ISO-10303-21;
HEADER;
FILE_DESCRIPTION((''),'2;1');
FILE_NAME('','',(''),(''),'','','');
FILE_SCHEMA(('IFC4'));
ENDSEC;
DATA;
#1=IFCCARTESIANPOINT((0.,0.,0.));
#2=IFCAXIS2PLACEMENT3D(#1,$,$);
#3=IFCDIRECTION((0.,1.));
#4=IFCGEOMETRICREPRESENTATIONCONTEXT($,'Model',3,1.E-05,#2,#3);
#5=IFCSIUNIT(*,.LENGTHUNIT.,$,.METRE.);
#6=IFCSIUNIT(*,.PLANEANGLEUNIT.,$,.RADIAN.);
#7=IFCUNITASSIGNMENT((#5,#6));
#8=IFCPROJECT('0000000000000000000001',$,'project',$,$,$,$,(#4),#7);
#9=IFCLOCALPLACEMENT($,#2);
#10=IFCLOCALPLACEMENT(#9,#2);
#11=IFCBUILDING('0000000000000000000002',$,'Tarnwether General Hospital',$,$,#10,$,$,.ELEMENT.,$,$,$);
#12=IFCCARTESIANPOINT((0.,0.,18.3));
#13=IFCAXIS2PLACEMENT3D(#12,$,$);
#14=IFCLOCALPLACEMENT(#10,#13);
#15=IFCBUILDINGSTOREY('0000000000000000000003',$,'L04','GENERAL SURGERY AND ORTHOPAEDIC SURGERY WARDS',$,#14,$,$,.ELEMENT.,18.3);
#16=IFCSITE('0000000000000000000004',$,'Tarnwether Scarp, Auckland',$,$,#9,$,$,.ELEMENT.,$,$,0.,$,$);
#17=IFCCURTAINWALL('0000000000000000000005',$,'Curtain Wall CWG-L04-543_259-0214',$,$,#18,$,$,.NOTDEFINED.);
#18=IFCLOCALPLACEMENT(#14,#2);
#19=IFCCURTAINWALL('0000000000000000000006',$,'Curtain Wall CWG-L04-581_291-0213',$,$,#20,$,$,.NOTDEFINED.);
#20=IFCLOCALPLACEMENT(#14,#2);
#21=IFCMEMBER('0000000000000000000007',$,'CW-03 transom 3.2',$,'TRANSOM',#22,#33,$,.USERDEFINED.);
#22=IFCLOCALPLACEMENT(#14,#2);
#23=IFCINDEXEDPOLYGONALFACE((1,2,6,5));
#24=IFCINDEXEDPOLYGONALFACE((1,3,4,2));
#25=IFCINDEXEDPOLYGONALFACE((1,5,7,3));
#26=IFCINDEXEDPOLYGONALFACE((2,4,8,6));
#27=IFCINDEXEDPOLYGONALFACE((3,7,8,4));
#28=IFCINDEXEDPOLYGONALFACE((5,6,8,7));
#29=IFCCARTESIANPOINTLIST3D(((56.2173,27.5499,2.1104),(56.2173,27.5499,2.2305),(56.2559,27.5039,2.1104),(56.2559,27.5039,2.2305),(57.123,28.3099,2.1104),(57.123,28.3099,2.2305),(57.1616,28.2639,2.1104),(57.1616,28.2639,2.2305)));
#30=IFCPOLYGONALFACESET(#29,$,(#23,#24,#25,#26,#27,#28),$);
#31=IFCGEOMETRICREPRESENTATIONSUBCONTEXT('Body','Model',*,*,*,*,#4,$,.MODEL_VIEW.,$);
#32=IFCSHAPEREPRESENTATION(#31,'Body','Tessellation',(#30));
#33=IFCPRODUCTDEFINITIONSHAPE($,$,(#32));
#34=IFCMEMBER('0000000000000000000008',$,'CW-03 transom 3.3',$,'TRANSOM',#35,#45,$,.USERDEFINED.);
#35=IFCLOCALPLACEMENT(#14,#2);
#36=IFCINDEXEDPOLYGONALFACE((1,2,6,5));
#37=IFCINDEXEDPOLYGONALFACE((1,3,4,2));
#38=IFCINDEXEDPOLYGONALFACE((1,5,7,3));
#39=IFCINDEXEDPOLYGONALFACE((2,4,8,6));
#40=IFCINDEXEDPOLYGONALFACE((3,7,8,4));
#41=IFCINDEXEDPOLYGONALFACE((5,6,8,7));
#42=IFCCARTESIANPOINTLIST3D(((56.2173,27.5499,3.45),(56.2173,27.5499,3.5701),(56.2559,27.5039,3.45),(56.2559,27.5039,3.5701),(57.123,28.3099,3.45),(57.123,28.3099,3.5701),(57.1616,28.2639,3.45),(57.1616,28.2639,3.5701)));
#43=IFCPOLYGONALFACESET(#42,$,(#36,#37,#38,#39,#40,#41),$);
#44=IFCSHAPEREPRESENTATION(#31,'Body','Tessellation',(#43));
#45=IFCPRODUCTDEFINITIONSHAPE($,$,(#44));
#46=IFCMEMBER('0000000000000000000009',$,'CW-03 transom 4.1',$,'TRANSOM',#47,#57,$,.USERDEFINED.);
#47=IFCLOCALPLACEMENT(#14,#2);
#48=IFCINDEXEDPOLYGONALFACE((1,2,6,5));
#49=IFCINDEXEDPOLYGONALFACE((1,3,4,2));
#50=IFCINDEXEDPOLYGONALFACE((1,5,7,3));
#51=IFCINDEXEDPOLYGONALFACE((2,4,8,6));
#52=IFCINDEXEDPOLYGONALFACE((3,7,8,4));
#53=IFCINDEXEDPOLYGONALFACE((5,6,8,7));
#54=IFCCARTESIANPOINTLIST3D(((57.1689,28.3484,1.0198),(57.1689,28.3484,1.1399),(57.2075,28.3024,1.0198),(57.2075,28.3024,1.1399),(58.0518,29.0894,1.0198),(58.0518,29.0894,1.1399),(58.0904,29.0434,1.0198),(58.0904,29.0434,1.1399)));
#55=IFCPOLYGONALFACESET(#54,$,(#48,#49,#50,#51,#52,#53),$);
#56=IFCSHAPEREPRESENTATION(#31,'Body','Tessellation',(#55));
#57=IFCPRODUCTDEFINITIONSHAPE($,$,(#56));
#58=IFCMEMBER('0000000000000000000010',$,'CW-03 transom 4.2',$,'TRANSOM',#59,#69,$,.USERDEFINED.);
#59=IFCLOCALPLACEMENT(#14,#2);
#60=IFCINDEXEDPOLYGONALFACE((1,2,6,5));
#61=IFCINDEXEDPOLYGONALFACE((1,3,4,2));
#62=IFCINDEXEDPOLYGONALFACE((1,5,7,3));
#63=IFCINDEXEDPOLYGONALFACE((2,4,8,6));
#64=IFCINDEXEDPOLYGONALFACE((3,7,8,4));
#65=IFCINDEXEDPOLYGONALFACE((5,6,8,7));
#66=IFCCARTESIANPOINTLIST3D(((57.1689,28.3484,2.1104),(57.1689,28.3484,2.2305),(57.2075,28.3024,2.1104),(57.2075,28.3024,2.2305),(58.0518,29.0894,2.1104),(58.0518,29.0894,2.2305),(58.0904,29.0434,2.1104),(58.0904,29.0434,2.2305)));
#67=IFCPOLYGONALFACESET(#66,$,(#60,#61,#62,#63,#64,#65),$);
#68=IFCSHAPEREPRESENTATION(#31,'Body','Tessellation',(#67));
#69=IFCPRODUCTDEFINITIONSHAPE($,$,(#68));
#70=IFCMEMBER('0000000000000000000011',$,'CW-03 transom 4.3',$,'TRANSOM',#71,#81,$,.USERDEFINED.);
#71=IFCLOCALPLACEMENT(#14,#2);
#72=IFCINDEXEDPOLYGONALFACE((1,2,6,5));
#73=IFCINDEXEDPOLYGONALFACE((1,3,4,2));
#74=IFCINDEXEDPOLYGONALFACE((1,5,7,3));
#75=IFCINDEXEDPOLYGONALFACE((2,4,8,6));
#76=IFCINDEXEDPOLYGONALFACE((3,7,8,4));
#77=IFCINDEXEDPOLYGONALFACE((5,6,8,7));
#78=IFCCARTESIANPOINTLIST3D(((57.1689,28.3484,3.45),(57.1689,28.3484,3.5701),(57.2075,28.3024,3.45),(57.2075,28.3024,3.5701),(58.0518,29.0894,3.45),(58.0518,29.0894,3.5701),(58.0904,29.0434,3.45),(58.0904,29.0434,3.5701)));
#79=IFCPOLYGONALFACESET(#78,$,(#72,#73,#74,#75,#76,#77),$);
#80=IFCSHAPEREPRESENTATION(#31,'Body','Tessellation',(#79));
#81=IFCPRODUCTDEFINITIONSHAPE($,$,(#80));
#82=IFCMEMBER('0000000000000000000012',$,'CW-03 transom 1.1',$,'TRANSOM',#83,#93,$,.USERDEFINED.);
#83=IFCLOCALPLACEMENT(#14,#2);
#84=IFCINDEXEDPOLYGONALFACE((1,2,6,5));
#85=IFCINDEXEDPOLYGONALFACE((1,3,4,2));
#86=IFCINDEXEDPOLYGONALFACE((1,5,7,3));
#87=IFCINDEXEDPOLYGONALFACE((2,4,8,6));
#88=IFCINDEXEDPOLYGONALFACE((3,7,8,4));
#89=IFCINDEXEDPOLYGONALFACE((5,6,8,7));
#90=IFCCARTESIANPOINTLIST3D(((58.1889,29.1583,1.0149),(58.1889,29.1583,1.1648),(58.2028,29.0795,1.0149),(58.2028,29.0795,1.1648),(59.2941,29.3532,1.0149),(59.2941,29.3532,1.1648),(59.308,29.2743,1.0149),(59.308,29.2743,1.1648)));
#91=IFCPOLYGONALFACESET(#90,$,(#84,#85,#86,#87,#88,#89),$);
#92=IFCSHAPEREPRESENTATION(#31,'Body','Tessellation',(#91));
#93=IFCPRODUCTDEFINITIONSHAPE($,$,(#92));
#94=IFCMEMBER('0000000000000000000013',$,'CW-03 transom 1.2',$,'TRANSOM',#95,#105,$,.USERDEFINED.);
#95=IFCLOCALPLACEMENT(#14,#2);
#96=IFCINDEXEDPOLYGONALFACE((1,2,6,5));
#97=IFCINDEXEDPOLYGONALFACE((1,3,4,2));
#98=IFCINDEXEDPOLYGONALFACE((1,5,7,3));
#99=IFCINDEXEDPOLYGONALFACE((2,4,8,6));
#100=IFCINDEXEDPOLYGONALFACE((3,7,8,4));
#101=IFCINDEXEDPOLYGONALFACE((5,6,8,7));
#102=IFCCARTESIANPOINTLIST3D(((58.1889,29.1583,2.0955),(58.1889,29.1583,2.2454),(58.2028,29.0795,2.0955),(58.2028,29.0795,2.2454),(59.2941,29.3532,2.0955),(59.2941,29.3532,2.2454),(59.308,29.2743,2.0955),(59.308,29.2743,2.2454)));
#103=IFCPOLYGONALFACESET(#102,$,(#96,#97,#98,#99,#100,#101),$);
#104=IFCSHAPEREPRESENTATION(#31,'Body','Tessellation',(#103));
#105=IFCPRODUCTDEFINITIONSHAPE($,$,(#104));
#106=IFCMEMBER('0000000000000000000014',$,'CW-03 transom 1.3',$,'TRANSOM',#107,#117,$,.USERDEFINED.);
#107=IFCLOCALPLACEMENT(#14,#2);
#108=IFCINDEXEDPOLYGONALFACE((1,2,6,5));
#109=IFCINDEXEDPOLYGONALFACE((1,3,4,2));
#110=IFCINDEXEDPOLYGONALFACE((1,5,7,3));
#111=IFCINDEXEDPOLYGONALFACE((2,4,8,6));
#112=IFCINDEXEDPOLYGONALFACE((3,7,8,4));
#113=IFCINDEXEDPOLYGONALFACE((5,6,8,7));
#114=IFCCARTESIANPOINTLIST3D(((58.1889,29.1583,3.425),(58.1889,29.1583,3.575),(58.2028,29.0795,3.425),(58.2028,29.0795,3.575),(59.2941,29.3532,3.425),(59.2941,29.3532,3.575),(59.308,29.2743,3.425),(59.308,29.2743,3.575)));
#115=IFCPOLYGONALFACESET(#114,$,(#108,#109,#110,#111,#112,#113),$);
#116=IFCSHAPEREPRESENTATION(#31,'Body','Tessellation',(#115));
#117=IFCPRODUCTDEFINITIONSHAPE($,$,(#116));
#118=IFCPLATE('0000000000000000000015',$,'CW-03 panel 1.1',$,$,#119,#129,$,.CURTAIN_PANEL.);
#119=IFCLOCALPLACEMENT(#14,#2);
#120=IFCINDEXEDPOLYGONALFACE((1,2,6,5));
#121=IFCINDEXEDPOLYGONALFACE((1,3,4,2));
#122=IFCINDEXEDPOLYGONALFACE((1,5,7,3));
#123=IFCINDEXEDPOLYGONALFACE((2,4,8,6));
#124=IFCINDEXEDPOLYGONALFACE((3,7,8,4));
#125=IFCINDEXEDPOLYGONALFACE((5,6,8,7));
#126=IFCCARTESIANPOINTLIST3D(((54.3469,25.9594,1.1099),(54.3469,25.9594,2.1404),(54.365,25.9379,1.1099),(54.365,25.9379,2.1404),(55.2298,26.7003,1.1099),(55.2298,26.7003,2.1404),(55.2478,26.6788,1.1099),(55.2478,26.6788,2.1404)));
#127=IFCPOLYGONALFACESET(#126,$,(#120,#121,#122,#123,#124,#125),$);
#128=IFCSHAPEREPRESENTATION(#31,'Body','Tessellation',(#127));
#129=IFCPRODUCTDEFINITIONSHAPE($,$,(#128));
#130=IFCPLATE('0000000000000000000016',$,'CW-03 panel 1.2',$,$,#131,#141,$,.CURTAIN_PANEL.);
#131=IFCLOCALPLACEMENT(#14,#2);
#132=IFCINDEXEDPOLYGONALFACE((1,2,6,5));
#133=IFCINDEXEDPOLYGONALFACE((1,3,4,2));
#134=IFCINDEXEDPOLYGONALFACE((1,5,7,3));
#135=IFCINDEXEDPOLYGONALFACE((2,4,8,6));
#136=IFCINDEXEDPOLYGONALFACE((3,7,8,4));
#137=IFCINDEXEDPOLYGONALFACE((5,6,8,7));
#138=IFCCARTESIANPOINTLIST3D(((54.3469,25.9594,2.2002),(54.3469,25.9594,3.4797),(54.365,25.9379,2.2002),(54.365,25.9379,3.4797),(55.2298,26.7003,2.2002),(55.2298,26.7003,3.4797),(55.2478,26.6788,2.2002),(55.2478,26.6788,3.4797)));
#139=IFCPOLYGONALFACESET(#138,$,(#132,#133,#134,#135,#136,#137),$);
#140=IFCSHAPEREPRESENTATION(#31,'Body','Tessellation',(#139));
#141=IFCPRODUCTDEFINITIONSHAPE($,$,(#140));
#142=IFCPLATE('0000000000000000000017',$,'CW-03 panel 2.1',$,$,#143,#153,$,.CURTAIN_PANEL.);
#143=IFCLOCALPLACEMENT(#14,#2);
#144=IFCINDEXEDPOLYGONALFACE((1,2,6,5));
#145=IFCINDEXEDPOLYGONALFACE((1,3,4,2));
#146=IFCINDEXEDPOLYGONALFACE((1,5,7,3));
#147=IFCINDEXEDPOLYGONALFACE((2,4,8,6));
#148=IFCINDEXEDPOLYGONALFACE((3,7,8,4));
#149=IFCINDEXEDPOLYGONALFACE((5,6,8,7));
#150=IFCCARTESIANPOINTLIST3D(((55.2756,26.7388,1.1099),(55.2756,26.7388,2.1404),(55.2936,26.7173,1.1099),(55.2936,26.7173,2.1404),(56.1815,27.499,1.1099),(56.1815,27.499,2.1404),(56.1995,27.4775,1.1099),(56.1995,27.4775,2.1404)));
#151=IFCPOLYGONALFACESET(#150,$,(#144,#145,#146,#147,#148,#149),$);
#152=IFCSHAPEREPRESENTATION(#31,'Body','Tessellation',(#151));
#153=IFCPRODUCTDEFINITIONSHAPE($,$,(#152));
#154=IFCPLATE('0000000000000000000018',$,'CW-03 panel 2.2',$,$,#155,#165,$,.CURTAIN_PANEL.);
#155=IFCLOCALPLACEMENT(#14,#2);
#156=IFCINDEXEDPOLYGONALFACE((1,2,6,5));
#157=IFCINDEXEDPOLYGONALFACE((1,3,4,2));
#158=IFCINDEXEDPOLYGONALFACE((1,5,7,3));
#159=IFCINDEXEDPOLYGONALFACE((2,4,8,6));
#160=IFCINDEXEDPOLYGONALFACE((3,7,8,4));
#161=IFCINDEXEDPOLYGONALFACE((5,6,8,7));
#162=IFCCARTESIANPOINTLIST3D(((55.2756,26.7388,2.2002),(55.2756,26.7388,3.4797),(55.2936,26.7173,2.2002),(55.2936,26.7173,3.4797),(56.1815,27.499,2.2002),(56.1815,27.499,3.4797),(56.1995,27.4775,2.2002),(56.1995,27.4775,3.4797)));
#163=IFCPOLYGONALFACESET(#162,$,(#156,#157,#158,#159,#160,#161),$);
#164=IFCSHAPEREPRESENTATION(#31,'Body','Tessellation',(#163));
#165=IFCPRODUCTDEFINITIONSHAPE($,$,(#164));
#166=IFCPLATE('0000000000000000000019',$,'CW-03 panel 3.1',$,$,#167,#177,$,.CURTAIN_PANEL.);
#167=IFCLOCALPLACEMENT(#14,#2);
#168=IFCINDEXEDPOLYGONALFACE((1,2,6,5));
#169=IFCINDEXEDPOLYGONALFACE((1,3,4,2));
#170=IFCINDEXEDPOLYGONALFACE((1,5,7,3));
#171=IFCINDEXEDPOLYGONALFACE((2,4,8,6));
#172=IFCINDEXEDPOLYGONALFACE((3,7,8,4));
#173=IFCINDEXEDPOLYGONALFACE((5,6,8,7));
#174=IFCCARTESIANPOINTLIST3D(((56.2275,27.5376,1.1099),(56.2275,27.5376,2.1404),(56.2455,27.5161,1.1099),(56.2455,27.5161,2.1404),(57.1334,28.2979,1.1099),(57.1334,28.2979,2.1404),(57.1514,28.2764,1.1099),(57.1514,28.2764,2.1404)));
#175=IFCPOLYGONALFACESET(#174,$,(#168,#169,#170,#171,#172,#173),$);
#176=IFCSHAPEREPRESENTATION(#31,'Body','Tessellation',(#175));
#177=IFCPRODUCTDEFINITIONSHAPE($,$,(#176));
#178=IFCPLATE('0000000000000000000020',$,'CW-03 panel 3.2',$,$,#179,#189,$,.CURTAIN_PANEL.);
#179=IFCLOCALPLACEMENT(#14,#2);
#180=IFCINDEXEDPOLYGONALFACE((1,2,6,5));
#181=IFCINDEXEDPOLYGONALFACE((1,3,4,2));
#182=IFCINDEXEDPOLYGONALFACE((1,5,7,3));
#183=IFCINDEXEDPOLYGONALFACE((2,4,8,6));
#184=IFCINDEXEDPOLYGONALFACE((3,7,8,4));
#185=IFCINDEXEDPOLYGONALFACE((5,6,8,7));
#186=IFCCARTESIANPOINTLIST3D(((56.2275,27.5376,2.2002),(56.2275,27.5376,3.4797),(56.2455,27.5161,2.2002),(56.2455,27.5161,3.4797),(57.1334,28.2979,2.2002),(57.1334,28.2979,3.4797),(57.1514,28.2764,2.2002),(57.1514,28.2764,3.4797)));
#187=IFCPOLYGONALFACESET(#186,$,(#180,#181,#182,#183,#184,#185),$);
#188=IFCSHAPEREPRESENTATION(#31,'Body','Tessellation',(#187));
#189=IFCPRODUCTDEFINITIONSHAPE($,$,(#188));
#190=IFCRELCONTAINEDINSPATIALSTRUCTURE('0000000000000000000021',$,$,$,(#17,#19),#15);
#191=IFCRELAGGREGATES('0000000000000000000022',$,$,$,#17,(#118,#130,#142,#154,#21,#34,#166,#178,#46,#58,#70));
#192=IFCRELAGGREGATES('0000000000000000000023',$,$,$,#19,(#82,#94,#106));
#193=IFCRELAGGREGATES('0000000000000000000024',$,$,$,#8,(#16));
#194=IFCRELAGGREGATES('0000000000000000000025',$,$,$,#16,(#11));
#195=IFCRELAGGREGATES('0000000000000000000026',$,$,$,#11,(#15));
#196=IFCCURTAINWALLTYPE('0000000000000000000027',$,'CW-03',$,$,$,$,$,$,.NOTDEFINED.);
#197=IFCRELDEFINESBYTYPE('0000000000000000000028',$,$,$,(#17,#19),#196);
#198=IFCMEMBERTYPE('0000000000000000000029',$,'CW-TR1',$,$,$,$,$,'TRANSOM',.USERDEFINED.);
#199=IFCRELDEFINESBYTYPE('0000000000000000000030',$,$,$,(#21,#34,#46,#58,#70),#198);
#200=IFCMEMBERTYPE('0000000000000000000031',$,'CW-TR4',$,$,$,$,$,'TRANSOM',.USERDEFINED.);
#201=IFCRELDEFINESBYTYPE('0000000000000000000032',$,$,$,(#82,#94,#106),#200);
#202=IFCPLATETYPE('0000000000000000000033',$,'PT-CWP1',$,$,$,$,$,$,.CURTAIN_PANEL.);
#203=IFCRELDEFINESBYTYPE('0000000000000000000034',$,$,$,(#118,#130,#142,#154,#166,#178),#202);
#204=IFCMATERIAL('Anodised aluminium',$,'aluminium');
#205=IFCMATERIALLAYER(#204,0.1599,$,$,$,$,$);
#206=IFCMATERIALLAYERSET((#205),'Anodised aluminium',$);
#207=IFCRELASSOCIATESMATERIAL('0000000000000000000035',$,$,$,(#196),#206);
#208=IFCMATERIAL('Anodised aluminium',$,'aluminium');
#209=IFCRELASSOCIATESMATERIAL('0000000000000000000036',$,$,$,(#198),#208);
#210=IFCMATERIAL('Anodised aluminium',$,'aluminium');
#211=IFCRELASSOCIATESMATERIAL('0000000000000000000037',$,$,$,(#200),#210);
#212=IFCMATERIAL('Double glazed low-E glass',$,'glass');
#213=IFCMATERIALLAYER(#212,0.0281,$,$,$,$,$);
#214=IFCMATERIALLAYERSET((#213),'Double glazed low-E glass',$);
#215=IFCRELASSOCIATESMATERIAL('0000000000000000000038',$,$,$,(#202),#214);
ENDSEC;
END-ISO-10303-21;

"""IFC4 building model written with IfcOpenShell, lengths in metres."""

from ifc_helpers import new_model, si_unit, direction, frame, origin, origin_2d, place, context, subcontext, project, spatial, rectangle, extrude, material, layer, layer_set, material_profile, profile_set, type_object, element, aggregate, save


model = new_model("IFC4")

# Units and contexts
model_context = context("Model", 3, precision=1e-05, world=origin(), true_north=direction((0.0, 1.0)))
body_context = subcontext(model_context, "Body", "Model", "MODEL_VIEW")
ifc_project = project(units=[si_unit("LENGTHUNIT", "METRE"), si_unit("PLANEANGLEUNIT", "RADIAN")], contexts=[model_context])

# Site, building, storey
site_placement = place(None, origin())
site = spatial("IfcSite", under=ifc_project, at=site_placement, Name="Tarnwether Scarp, Auckland", CompositionType="ELEMENT", RefElevation=0.0)
building_placement = place(site_placement, origin())
building = spatial("IfcBuilding", under=site, at=building_placement, Name="Tarnwether General Hospital", CompositionType="ELEMENT")
storey_placement = place(building_placement, frame((0.0, 0.0, 18.3)))
storey = spatial("IfcBuildingStorey", under=building, at=storey_placement, Name="L04", Description="GENERAL SURGERY AND ORTHOPAEDIC SURGERY WARDS", CompositionType="ELEMENT", Elevation=18.3)

# Curtain wall
ifc_material_1 = material(Name="Anodised aluminium", Category="aluminium")
ifc_layer_1 = layer(ifc_material_1, 0.1599)
ifc_layer_set_1 = layer_set([ifc_layer_1], Name="Anodised aluminium")
curtain_wall_type = type_object("IfcCurtainWallType", Name="CW-03", PredefinedType="NOTDEFINED", material=ifc_layer_set_1)
curtain_wall_1_placement = place(storey_placement, origin())
curtain_wall_1 = element("IfcCurtainWall", 1, at=curtain_wall_1_placement, inside=storey, type_object=curtain_wall_type, Name="Curtain Wall CWG-L04-543_259-0214", PredefinedType="NOTDEFINED")

# Curtain wall
curtain_wall_2_placement = place(storey_placement, origin())
curtain_wall_2 = element("IfcCurtainWall", 2, at=curtain_wall_2_placement, inside=storey, type_object=curtain_wall_type, Name="Curtain Wall CWG-L04-581_291-0213", PredefinedType="NOTDEFINED")

# Members
ifc_material_2 = material(Name="Anodised aluminium", Category="aluminium")
ifc_material_profile_1 = material_profile(ifc_material_2, rectangle(XDim=0.0601, YDim=0.1201, at=origin_2d()), Name="ALU-TRN-60x120")
ifc_profile_set_1 = profile_set([ifc_material_profile_1], Name="Anodised aluminium")
member_type_1 = type_object("IfcMemberType", Name="CW-TR1", ElementType="TRANSOM", PredefinedType="USERDEFINED", material=ifc_profile_set_1)
member_1_placement = place(storey_placement, frame((56.2366, 27.5269, 2.1704), z_axis=(0.766051, 0.64278, 0.0), x_axis=(-0.64278, 0.766051, 0.0)))
member_1 = element("IfcMember", 3, at=member_1_placement, type_object=member_type_1, Name="CW-03 transom 3.2", ObjectType="TRANSOM", PredefinedType="USERDEFINED", context=body_context, shape_type="SweptSolid", body=[
    extrude(rectangle(XDim=0.0601, YDim=0.1201, at=origin_2d()), origin(), (0.0, 0.0, 1.0), 1.1824),
])
member_2_placement = place(storey_placement, frame((56.2366, 27.5269, 3.51), z_axis=(0.766051, 0.64278, 0.0), x_axis=(-0.64278, 0.766051, 0.0)))
member_2 = element("IfcMember", 4, at=member_2_placement, type_object=member_type_1, Name="CW-03 transom 3.3", ObjectType="TRANSOM", PredefinedType="USERDEFINED", context=body_context, shape_type="SweptSolid", body=[
    extrude(rectangle(XDim=0.0601, YDim=0.1201, at=origin_2d()), origin(), (0.0, 0.0, 1.0), 1.1824),
])
member_3_placement = place(storey_placement, frame((57.1882, 28.3254, 1.0798), z_axis=(0.765959, 0.642889, 0.0), x_axis=(-0.642889, 0.765959, 0.0)))
member_3 = element("IfcMember", 5, at=member_3_placement, type_object=member_type_1, Name="CW-03 transom 4.1", ObjectType="TRANSOM", PredefinedType="USERDEFINED", context=body_context, shape_type="SweptSolid", body=[
    extrude(rectangle(XDim=0.0601, YDim=0.1201, at=origin_2d()), origin(), (0.0, 0.0, 1.0), 1.1526),
])
member_4_placement = place(storey_placement, frame((57.1882, 28.3254, 2.1704), z_axis=(0.765959, 0.642889, 0.0), x_axis=(-0.642889, 0.765959, 0.0)))
member_4 = element("IfcMember", 6, at=member_4_placement, type_object=member_type_1, Name="CW-03 transom 4.2", ObjectType="TRANSOM", PredefinedType="USERDEFINED", context=body_context, shape_type="SweptSolid", body=[
    extrude(rectangle(XDim=0.0601, YDim=0.1201, at=origin_2d()), origin(), (0.0, 0.0, 1.0), 1.1526),
])
member_5_placement = place(storey_placement, frame((57.1882, 28.3254, 3.51), z_axis=(0.765959, 0.642889, 0.0), x_axis=(-0.642889, 0.765959, 0.0)))
member_5 = element("IfcMember", 7, at=member_5_placement, type_object=member_type_1, Name="CW-03 transom 4.3", ObjectType="TRANSOM", PredefinedType="USERDEFINED", context=body_context, shape_type="SweptSolid", body=[
    extrude(rectangle(XDim=0.0601, YDim=0.1201, at=origin_2d()), origin(), (0.0, 0.0, 1.0), 1.1526),
])
ifc_material_3 = material(Name="Anodised aluminium", Category="aluminium")
ifc_material_profile_2 = material_profile(ifc_material_3, rectangle(XDim=0.0801, YDim=0.1499, at=origin_2d()), Name="ALU-TRN-80x150")
ifc_profile_set_2 = profile_set([ifc_material_profile_2], Name="Anodised aluminium")
member_type_2 = type_object("IfcMemberType", Name="CW-TR4", ElementType="TRANSOM", PredefinedType="USERDEFINED", material=ifc_profile_set_2)
member_6_placement = place(storey_placement, frame((58.1958, 29.1189, 1.0898), z_axis=(0.984816, 0.173599, 0.0), x_axis=(-0.173599, 0.984816, 0.0)))
member_6 = element("IfcMember", 8, at=member_6_placement, type_object=member_type_2, Name="CW-03 transom 1.1", ObjectType="TRANSOM", PredefinedType="USERDEFINED", context=body_context, shape_type="SweptSolid", body=[
    extrude(rectangle(XDim=0.0801, YDim=0.1499, at=origin_2d()), origin(), (0.0, 0.0, 1.0), 1.1223),
])
member_7_placement = place(storey_placement, frame((58.1958, 29.1189, 2.1704), z_axis=(0.984816, 0.173599, 0.0), x_axis=(-0.173599, 0.984816, 0.0)))
member_7 = element("IfcMember", 9, at=member_7_placement, type_object=member_type_2, Name="CW-03 transom 1.2", ObjectType="TRANSOM", PredefinedType="USERDEFINED", context=body_context, shape_type="SweptSolid", body=[
    extrude(rectangle(XDim=0.0801, YDim=0.1499, at=origin_2d()), origin(), (0.0, 0.0, 1.0), 1.1223),
])
member_8_placement = place(storey_placement, frame((58.1958, 29.1189, 3.5), z_axis=(0.984816, 0.173599, 0.0), x_axis=(-0.173599, 0.984816, 0.0)))
member_8 = element("IfcMember", 10, at=member_8_placement, type_object=member_type_2, Name="CW-03 transom 1.3", ObjectType="TRANSOM", PredefinedType="USERDEFINED", context=body_context, shape_type="SweptSolid", body=[
    extrude(rectangle(XDim=0.0801, YDim=0.1499, at=origin_2d()), origin(), (0.0, 0.0, 1.0), 1.1223),
])

# Plates
ifc_material_4 = material(Name="Double glazed low-E glass", Category="glass")
ifc_layer_2 = layer(ifc_material_4, 0.0281)
ifc_layer_set_2 = layer_set([ifc_layer_2], Name="Double glazed low-E glass")
plate_type_1 = type_object("IfcPlateType", Name="PT-CWP1", PredefinedType="CURTAIN_PANEL", material=ifc_layer_set_2)
plate_1_placement = place(storey_placement, frame((54.7974, 26.3191, 1.1099), z_axis=(0.0, 0.0, 1.0), x_axis=(0.76599, 0.642852, 0.0)))
plate_1 = element("IfcPlate", 11, at=plate_1_placement, type_object=plate_type_1, Name="CW-03 panel 1.1", PredefinedType="CURTAIN_PANEL", context=body_context, shape_type="SweptSolid", body=[
    extrude(rectangle(XDim=1.1526, YDim=0.0281, at=origin_2d()), origin(), (0.0, 0.0, 1.0), 1.0305),
])
plate_2_placement = place(storey_placement, frame((54.7974, 26.3191, 2.2002), z_axis=(0.0, 0.0, 1.0), x_axis=(0.76599, 0.642852, 0.0)))
plate_2 = element("IfcPlate", 12, at=plate_2_placement, type_object=plate_type_1, Name="CW-03 panel 1.2", PredefinedType="CURTAIN_PANEL", context=body_context, shape_type="SweptSolid", body=[
    extrude(rectangle(XDim=1.1526, YDim=0.0281, at=origin_2d()), origin(), (0.0, 0.0, 1.0), 1.2795),
])
plate_3_placement = place(storey_placement, frame((55.7375, 27.1082, 1.1099), z_axis=(0.0, 0.0, 1.0), x_axis=(0.76599, 0.642852, 0.0)))
plate_3 = element("IfcPlate", 13, at=plate_3_placement, type_object=plate_type_1, Name="CW-03 panel 2.1", PredefinedType="CURTAIN_PANEL", context=body_context, shape_type="SweptSolid", body=[
    extrude(rectangle(XDim=1.1826, YDim=0.0281, at=origin_2d()), origin(), (0.0, 0.0, 1.0), 1.0305),
])
plate_4_placement = place(storey_placement, frame((55.7375, 27.1082, 2.2002), z_axis=(0.0, 0.0, 1.0), x_axis=(0.76599, 0.642852, 0.0)))
plate_4 = element("IfcPlate", 14, at=plate_4_placement, type_object=plate_type_1, Name="CW-03 panel 2.2", PredefinedType="CURTAIN_PANEL", context=body_context, shape_type="SweptSolid", body=[
    extrude(rectangle(XDim=1.1826, YDim=0.0281, at=origin_2d()), origin(), (0.0, 0.0, 1.0), 1.2795),
])
plate_5_placement = place(storey_placement, frame((56.6895, 27.907, 1.1099), z_axis=(0.0, 0.0, 1.0), x_axis=(0.76599, 0.642852, 0.0)))
plate_5 = element("IfcPlate", 15, at=plate_5_placement, type_object=plate_type_1, Name="CW-03 panel 3.1", PredefinedType="CURTAIN_PANEL", context=body_context, shape_type="SweptSolid", body=[
    extrude(rectangle(XDim=1.1826, YDim=0.0281, at=origin_2d()), origin(), (0.0, 0.0, 1.0), 1.0305),
])
plate_6_placement = place(storey_placement, frame((56.6895, 27.907, 2.2002), z_axis=(0.0, 0.0, 1.0), x_axis=(0.76599, 0.642852, 0.0)))
plate_6 = element("IfcPlate", 16, at=plate_6_placement, type_object=plate_type_1, Name="CW-03 panel 3.2", PredefinedType="CURTAIN_PANEL", context=body_context, shape_type="SweptSolid", body=[
    extrude(rectangle(XDim=1.1826, YDim=0.0281, at=origin_2d()), origin(), (0.0, 0.0, 1.0), 1.2795),
])
aggregate(curtain_wall_1, [plate_1, plate_2, plate_3, plate_4, member_1, member_2, plate_5, plate_6, member_3, member_4, member_5])
aggregate(curtain_wall_2, [member_6, member_7, member_8])

save(model, "model.ifc")
